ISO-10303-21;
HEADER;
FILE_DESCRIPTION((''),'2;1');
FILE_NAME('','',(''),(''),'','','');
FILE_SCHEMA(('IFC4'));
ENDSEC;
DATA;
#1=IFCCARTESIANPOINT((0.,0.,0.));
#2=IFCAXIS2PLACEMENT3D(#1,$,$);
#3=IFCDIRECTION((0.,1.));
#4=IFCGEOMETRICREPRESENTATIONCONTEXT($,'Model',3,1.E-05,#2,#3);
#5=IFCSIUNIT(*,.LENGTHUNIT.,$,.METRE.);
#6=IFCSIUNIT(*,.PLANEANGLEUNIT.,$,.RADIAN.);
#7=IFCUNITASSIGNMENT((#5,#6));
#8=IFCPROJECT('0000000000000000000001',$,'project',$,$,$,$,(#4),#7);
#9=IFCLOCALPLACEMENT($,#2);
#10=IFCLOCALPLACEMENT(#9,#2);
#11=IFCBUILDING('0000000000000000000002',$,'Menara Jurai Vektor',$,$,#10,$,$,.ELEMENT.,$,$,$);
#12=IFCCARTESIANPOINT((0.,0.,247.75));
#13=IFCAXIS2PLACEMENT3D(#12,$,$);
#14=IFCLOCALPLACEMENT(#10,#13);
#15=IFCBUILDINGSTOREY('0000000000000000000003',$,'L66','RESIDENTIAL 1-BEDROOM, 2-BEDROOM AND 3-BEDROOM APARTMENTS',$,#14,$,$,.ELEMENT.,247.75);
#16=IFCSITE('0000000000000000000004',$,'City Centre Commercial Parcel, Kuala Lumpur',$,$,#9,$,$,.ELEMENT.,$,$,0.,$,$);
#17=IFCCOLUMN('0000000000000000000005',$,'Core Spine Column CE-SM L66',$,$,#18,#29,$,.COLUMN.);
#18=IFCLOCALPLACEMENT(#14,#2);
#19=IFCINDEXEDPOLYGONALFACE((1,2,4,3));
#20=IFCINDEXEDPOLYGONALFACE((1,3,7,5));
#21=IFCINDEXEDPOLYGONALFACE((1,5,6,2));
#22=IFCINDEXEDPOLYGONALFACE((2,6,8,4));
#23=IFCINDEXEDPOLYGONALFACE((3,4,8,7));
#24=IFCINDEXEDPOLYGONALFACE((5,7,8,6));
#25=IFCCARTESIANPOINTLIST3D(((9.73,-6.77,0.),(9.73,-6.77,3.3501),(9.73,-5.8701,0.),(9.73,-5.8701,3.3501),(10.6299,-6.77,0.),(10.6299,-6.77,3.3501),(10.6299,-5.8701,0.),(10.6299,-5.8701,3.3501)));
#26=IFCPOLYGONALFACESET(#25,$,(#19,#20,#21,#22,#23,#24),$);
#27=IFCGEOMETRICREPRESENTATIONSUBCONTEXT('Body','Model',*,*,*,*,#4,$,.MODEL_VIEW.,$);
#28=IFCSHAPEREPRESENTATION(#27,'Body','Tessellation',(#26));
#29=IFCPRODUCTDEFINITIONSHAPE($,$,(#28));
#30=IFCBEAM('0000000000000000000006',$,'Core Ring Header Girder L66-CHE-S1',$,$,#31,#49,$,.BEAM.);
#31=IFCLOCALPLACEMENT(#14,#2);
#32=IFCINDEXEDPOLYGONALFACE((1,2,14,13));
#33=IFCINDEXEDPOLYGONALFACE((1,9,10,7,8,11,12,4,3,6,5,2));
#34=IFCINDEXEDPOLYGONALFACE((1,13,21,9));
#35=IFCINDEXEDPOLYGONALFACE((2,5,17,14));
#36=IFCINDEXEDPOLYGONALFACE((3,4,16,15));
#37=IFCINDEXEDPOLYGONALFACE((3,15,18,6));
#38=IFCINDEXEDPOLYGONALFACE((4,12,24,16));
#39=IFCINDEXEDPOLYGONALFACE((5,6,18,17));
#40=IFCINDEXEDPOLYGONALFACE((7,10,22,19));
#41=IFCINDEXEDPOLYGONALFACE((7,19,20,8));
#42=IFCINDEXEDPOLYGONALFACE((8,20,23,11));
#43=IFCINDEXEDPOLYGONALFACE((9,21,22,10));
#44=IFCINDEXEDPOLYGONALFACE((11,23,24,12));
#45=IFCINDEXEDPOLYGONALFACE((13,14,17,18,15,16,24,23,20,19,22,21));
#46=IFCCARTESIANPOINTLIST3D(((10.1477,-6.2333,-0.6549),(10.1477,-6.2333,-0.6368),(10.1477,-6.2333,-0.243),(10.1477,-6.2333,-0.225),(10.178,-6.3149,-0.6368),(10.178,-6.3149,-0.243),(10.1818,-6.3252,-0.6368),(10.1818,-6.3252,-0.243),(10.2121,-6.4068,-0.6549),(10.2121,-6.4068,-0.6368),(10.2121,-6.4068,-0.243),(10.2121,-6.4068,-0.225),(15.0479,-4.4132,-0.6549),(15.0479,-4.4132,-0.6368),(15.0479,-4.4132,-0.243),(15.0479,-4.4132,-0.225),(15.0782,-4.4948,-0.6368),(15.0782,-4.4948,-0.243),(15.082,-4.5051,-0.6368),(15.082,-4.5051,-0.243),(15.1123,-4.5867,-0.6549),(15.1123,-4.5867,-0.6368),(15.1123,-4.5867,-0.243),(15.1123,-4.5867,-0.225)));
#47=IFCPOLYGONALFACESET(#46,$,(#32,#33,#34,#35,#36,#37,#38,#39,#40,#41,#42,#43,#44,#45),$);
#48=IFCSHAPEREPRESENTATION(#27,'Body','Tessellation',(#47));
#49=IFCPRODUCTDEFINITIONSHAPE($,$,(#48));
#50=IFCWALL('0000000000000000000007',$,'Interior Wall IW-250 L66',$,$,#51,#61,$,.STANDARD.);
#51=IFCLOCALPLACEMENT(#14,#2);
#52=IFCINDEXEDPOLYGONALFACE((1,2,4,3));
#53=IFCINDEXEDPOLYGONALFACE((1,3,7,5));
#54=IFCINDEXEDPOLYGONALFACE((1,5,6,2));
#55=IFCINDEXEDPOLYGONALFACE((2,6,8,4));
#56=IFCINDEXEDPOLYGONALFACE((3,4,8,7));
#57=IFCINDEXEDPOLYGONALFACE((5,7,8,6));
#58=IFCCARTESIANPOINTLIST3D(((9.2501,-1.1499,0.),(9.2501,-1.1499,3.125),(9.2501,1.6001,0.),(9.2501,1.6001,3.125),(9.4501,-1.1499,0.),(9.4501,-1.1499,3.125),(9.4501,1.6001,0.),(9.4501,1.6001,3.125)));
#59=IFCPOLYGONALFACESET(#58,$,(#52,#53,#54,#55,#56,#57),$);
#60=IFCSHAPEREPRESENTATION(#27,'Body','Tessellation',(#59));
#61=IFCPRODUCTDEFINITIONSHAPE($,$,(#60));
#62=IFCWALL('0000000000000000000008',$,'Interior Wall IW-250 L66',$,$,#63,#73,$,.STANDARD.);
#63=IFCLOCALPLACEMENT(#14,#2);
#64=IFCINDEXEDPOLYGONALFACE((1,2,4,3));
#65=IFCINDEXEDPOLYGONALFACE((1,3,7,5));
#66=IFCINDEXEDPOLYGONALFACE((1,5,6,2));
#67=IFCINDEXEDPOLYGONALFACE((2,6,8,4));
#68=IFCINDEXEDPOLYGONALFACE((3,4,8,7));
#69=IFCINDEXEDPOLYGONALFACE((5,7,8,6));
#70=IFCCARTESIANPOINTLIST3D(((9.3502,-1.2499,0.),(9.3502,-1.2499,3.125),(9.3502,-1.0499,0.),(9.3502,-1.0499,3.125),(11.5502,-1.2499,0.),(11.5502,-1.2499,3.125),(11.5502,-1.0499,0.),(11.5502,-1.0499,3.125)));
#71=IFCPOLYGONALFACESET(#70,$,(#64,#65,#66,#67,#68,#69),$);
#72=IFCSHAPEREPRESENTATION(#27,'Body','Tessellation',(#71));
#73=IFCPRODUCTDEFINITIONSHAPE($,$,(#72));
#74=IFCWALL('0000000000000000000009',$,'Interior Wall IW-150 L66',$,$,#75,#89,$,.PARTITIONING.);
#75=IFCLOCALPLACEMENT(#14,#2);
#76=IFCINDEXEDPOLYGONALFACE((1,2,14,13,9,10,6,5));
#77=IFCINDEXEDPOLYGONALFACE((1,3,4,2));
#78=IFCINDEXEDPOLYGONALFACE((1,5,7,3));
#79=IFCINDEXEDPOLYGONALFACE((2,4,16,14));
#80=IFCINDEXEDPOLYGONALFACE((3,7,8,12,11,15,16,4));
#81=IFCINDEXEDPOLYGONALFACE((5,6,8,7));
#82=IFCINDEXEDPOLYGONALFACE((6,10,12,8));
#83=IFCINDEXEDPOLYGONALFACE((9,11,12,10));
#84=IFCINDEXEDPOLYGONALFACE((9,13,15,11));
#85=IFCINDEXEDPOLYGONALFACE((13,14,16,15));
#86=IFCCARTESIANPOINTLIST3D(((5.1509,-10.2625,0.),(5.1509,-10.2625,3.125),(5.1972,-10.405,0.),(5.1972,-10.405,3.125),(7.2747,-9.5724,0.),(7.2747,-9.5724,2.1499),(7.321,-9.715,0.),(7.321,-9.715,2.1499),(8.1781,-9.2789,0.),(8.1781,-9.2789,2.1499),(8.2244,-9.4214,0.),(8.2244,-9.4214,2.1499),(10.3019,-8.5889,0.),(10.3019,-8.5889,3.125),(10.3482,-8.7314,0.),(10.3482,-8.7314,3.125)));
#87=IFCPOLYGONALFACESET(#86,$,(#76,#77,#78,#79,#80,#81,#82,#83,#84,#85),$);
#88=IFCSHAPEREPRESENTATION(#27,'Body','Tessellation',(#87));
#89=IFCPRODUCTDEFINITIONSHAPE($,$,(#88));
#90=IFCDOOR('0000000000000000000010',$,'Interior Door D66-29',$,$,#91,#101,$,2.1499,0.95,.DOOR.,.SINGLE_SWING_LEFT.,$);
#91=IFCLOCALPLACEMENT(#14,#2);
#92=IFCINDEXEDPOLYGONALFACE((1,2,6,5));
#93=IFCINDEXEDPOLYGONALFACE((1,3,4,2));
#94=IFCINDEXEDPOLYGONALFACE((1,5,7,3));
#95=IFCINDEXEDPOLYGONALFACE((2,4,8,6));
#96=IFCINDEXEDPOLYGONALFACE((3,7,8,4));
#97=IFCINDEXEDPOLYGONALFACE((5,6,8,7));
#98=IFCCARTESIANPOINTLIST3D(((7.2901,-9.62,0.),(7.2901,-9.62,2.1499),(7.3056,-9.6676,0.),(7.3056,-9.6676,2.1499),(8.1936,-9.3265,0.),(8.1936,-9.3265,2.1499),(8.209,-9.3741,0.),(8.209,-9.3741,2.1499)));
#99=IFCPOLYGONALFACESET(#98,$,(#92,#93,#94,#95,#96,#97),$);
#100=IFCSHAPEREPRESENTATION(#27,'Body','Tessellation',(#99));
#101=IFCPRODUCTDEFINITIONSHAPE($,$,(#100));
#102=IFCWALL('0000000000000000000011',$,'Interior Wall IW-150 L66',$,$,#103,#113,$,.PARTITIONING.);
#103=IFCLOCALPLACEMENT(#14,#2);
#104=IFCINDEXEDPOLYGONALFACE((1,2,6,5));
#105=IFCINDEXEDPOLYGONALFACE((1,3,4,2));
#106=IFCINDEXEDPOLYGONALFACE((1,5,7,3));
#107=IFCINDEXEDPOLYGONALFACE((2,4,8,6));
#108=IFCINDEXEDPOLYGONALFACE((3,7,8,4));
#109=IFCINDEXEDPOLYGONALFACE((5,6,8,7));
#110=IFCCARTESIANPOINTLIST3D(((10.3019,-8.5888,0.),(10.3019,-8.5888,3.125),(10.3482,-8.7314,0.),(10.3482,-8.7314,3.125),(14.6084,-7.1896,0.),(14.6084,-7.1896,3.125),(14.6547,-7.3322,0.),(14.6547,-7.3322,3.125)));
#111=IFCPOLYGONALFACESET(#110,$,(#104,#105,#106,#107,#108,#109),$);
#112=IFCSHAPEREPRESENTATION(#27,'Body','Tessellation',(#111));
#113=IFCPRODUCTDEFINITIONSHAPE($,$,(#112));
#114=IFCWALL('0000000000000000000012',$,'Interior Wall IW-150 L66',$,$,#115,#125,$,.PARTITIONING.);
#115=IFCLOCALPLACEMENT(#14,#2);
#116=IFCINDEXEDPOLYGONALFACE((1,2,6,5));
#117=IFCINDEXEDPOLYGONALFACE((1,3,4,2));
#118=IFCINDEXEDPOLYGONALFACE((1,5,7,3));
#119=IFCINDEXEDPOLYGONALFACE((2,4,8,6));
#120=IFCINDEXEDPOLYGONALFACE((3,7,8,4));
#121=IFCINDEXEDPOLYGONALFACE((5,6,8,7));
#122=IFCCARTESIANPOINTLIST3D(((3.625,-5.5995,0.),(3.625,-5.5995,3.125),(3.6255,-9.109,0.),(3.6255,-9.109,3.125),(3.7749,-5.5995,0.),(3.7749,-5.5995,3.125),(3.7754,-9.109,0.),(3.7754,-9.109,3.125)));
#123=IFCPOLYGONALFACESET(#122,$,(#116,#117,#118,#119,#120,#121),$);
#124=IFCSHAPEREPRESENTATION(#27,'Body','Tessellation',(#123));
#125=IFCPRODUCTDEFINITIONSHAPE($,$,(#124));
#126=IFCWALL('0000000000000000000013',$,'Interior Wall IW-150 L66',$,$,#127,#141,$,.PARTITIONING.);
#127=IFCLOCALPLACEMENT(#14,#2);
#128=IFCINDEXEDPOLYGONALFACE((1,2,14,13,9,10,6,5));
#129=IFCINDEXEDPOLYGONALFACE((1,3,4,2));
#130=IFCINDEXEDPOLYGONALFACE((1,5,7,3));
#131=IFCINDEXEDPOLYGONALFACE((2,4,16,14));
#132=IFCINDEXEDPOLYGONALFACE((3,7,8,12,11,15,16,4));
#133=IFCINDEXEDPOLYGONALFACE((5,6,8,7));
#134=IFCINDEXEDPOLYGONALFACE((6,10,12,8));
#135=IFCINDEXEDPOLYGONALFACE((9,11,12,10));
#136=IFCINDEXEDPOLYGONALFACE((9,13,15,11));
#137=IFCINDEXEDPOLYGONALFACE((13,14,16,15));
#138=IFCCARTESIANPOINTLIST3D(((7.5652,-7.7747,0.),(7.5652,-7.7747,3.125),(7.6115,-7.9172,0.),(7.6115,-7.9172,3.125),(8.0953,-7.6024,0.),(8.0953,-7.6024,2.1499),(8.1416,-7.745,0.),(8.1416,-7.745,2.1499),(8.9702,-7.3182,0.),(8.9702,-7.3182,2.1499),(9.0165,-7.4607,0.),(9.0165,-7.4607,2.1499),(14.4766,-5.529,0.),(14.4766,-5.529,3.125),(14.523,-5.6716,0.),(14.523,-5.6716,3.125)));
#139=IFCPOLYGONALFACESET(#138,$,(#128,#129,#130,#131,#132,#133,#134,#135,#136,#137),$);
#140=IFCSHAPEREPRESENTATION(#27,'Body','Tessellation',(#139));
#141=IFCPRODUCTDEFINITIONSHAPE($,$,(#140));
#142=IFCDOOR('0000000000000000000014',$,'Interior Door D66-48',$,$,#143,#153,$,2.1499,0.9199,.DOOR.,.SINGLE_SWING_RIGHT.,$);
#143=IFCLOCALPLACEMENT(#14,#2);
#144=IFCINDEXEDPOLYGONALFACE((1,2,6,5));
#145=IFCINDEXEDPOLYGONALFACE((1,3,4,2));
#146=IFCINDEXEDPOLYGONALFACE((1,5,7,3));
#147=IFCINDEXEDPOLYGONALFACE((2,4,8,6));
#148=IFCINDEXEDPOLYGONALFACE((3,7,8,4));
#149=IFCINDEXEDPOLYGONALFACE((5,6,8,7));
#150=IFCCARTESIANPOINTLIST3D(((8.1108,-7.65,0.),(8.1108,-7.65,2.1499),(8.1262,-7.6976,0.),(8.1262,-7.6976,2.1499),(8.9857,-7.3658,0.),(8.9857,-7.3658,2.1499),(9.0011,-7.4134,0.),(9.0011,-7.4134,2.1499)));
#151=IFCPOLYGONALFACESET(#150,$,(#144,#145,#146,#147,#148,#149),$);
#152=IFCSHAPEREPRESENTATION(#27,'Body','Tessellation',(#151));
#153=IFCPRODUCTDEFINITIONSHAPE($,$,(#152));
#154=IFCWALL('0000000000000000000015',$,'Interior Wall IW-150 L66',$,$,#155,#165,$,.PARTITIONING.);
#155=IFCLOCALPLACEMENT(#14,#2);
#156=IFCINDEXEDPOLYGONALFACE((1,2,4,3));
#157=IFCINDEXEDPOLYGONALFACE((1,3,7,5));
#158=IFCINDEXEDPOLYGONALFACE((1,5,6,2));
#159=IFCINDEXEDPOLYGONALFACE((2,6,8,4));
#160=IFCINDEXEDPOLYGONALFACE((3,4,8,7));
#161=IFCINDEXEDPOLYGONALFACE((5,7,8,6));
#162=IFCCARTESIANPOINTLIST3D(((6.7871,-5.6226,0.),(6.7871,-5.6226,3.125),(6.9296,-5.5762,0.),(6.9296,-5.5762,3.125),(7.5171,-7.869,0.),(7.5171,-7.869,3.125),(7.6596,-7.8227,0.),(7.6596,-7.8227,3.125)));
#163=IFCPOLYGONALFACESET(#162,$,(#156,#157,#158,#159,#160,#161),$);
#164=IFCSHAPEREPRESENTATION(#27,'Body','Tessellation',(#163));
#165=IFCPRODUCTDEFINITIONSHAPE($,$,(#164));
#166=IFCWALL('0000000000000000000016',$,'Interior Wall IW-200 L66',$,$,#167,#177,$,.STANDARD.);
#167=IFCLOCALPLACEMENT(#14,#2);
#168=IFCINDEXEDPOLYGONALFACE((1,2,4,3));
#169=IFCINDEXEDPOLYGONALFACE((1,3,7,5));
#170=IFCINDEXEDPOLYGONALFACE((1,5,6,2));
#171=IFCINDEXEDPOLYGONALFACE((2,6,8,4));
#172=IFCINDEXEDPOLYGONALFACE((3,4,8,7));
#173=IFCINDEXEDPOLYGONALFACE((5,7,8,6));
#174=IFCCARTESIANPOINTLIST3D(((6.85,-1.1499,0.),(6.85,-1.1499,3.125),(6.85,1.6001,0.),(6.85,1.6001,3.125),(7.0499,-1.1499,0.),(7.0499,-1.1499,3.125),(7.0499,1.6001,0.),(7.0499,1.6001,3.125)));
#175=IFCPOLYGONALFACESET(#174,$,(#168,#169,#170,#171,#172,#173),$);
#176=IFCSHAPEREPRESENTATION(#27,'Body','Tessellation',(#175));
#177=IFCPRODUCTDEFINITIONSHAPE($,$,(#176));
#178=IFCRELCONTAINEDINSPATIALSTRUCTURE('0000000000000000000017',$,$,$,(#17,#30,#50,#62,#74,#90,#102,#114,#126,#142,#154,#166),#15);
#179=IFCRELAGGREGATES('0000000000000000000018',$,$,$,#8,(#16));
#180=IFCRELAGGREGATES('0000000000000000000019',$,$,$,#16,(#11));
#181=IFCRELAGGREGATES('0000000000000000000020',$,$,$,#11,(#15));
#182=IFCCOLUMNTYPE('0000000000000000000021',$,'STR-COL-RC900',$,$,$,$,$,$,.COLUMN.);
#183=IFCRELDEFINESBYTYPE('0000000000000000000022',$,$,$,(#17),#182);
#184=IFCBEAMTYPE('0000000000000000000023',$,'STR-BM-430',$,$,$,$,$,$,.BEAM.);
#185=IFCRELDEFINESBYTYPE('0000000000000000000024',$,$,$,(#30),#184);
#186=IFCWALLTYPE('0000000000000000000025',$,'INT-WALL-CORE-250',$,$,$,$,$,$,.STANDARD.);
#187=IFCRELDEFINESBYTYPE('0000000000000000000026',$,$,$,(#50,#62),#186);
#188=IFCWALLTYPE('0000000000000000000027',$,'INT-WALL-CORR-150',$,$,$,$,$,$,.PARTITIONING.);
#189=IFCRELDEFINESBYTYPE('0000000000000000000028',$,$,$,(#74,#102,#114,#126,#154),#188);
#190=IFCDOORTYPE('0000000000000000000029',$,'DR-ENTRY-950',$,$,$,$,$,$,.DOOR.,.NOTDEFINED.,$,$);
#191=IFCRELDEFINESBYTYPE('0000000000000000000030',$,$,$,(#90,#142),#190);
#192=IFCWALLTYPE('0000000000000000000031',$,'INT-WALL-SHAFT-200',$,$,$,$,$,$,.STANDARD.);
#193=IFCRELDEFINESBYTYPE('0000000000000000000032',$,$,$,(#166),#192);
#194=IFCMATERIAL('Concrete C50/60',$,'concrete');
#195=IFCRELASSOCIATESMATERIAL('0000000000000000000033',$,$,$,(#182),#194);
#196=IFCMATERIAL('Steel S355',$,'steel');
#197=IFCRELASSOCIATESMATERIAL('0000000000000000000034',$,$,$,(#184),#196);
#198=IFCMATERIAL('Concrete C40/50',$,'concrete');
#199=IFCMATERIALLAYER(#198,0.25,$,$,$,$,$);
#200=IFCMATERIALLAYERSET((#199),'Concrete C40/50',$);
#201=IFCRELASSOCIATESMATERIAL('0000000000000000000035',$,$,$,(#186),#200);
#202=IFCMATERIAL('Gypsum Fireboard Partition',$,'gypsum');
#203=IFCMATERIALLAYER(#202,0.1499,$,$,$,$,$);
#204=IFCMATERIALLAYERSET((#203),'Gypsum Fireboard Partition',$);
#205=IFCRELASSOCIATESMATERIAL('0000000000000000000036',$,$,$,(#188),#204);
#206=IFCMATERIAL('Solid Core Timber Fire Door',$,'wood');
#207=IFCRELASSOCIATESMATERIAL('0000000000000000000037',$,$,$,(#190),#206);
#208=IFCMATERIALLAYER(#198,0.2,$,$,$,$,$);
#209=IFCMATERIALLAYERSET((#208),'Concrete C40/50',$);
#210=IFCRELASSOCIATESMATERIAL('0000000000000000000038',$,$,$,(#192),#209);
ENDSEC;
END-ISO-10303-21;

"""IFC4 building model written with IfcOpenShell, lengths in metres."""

from ifc_helpers import new_model, si_unit, direction, frame, frame_2d, origin, origin_2d, place, context, subcontext, project, spatial, rectangle, i_section, extrude, material, layer, layer_set, material_profile, profile_set, type_object, element, fill, save


model = new_model("IFC4")

# Units and contexts
model_context = context("Model", 3, precision=1e-05, world=origin(), true_north=direction((0.0, 1.0)))
body_context = subcontext(model_context, "Body", "Model", "MODEL_VIEW")
ifc_project = project(units=[si_unit("LENGTHUNIT", "METRE"), si_unit("PLANEANGLEUNIT", "RADIAN")], contexts=[model_context])

# Site, building, storey
site_placement = place(None, origin())
site = spatial("IfcSite", under=ifc_project, at=site_placement, Name="City Centre Commercial Parcel, Kuala Lumpur", CompositionType="ELEMENT", RefElevation=0.0)
building_placement = place(site_placement, origin())
building = spatial("IfcBuilding", under=site, at=building_placement, Name="Menara Jurai Vektor", CompositionType="ELEMENT")
storey_placement = place(building_placement, frame((0.0, 0.0, 247.75)))
storey = spatial("IfcBuildingStorey", under=building, at=storey_placement, Name="L66", Description="RESIDENTIAL 1-BEDROOM, 2-BEDROOM AND 3-BEDROOM APARTMENTS", CompositionType="ELEMENT", Elevation=247.75)

# Column
ifc_material_1 = material(Name="Concrete C50/60", Category="concrete")
ifc_material_profile_1 = material_profile(ifc_material_1, rectangle(XDim=0.8999, YDim=0.8999, at=origin_2d()), Name="RC 900x900")
ifc_profile_set_1 = profile_set([ifc_material_profile_1], Name="Concrete C50/60")
column_type = type_object("IfcColumnType", Name="STR-COL-RC900", PredefinedType="COLUMN", material=ifc_profile_set_1)
column_placement = place(storey_placement, frame((10.1799, -6.3201, 0.0), z_axis=(0.0, 0.0, 1.0), x_axis=(1.0, 0.0, 0.0)))
element("IfcColumn", 1, at=column_placement, inside=storey, type_object=column_type, Name="Core Spine Column CE-SM L66", PredefinedType="COLUMN", context=body_context, shape_type="SweptSolid", body=[
    extrude(rectangle(XDim=0.8999, YDim=0.8999, at=origin_2d()), origin(), (0.0, 0.0, 1.0), 3.3501),
])

# Beam
ifc_material_2 = material(Name="Steel S355", Category="steel")
ifc_material_profile_2 = material_profile(ifc_material_2, i_section(OverallWidth=0.1851, OverallDepth=0.4299, WebThickness=0.011, FlangeThickness=0.0181, at=origin_2d()), Name="PG 430x185x76")
ifc_profile_set_2 = profile_set([ifc_material_profile_2], Name="Steel S355")
beam_type = type_object("IfcBeamType", Name="STR-BM-430", PredefinedType="BEAM", material=ifc_profile_set_2)
beam_placement = place(storey_placement, frame((10.1799, -6.3201, -0.4399), z_axis=(0.937424, 0.348189, 0.0), x_axis=(-0.348189, 0.937424, 0.0)))
element("IfcBeam", 2, at=beam_placement, inside=storey, type_object=beam_type, Name="Core Ring Header Girder L66-CHE-S1", PredefinedType="BEAM", context=body_context, shape_type="SweptSolid", body=[
    extrude(i_section(OverallWidth=0.1851, OverallDepth=0.4299, WebThickness=0.011, FlangeThickness=0.0181, at=origin_2d()), origin(), (0.0, 0.0, 1.0), 5.2273),
])

# Walls
ifc_material_3 = material(Name="Concrete C40/50", Category="concrete")
ifc_layer_1 = layer(ifc_material_3, 0.25)
ifc_layer_set_1 = layer_set([ifc_layer_1], Name="Concrete C40/50")
wall_type_1 = type_object("IfcWallType", Name="INT-WALL-CORE-250", PredefinedType="STANDARD", material=ifc_layer_set_1)
wall_1_placement = place(storey_placement, frame((9.3501, -1.1499, 0.0), z_axis=(0.0, 0.0, 1.0), x_axis=(0.0, 1.0, 0.0)))
element("IfcWall", 3, at=wall_1_placement, inside=storey, type_object=wall_type_1, Name="Interior Wall IW-250 L66", PredefinedType="STANDARD", context=body_context, shape_type="SweptSolid", body=[
    extrude(rectangle(XDim=2.75, YDim=0.2, at=frame_2d((1.375, 0.0))), origin(), (0.0, 0.0, 1.0), 3.125),
])
wall_2_placement = place(storey_placement, frame((9.3501, -1.1499, 0.0), z_axis=(0.0, 0.0, 1.0), x_axis=(1.0, 0.0, 0.0)))
element("IfcWall", 4, at=wall_2_placement, inside=storey, type_object=wall_type_1, Name="Interior Wall IW-250 L66", PredefinedType="STANDARD", context=body_context, shape_type="SweptSolid", body=[
    extrude(rectangle(XDim=2.2, YDim=0.2, at=frame_2d((1.1001, 0.0))), origin(), (0.0, 0.0, 1.0), 3.125),
])

# Wall, opening, door
ifc_material_4 = material(Name="Gypsum Fireboard Partition", Category="gypsum")
ifc_layer_2 = layer(ifc_material_4, 0.1499)
ifc_layer_set_2 = layer_set([ifc_layer_2], Name="Gypsum Fireboard Partition")
wall_type_2 = type_object("IfcWallType", Name="INT-WALL-CORR-150", PredefinedType="PARTITIONING", material=ifc_layer_set_2)
wall_3_placement = place(storey_placement, frame((5.1741, -10.3337, 0.0), z_axis=(0.0, 0.0, 1.0), x_axis=(0.951059, 0.309011, 0.0)))
wall_3 = element("IfcWall", 5, at=wall_3_placement, inside=storey, type_object=wall_type_2, Name="Interior Wall IW-150 L66", PredefinedType="PARTITIONING", context=body_context, shape_type="SweptSolid", body=[
    extrude(rectangle(XDim=5.416, YDim=0.1499, at=frame_2d((2.708, 0.0))), origin(), (0.0, 0.0, 1.0), 3.125),
])
opening_1_placement = place(wall_3_placement, frame((2.2329, 0.0, 0.0)))
opening_1 = element("IfcOpeningElement", 6, at=opening_1_placement, cuts=wall_3, PredefinedType="OPENING", context=body_context, shape_type="SweptSolid", body=[
    extrude(rectangle(XDim=0.95, YDim=2.1499, at=frame_2d((0.4751, 1.075))), frame((0.0, 0.085, 0.0), z_axis=(0.0, -1.0, 0.0), x_axis=(1.0, 0.0, 0.0)), (0.0, 0.0, 1.0), 0.1699),
])
ifc_material_5 = material(Name="Solid Core Timber Fire Door", Category="wood")
door_type_1 = type_object("IfcDoorType", Name="DR-ENTRY-950", OperationType="NOTDEFINED", PredefinedType="DOOR", material=ifc_material_5)
door_1_placement = place(opening_1_placement, origin())
door_1 = element("IfcDoor", 7, at=door_1_placement, inside=storey, type_object=door_type_1, Name="Interior Door D66-29", OperationType="SINGLE_SWING_LEFT", OverallHeight=2.1499, OverallWidth=0.95, PredefinedType="DOOR", context=body_context, shape_type="SweptSolid", body=[
    extrude(rectangle(XDim=0.95, YDim=2.1499, at=frame_2d((0.4751, 1.075))), frame((0.0, 0.0249, 0.0), z_axis=(0.0, -1.0, 0.0), x_axis=(1.0, 0.0, 0.0)), (0.0, 0.0, 1.0), 0.05),
])
fill(opening_1, door_1)

# Walls
wall_4_placement = place(storey_placement, frame((10.325, -8.6602, 0.0), z_axis=(0.0, 0.0, 1.0), x_axis=(0.951061, 0.309004, 0.0)))
element("IfcWall", 8, at=wall_4_placement, inside=storey, type_object=wall_type_2, Name="Interior Wall IW-150 L66", PredefinedType="PARTITIONING", context=body_context, shape_type="SweptSolid", body=[
    extrude(rectangle(XDim=4.5281, YDim=0.1499, at=frame_2d((2.2642, 0.0))), origin(), (0.0, 0.0, 1.0), 3.125),
])
wall_5_placement = place(storey_placement, frame((3.7004, -9.1091, 0.0), z_axis=(0.0, 0.0, 1.0), x_axis=(-0.000139, 1.0, 0.0)))
element("IfcWall", 9, at=wall_5_placement, inside=storey, type_object=wall_type_2, Name="Interior Wall IW-150 L66", PredefinedType="PARTITIONING", context=body_context, shape_type="SweptSolid", body=[
    extrude(rectangle(XDim=3.5095, YDim=0.1499, at=frame_2d((1.7549, 0.0))), origin(), (0.0, 0.0, 1.0), 3.125),
])

# Wall, opening, door
wall_6_placement = place(storey_placement, frame((7.5884, -7.8459, 0.0), z_axis=(0.0, 0.0, 1.0), x_axis=(0.951058, 0.309012, 0.0)))
wall_6 = element("IfcWall", 10, at=wall_6_placement, inside=storey, type_object=wall_type_2, Name="Interior Wall IW-150 L66", PredefinedType="PARTITIONING", context=body_context, shape_type="SweptSolid", body=[
    extrude(rectangle(XDim=7.2671, YDim=0.1499, at=frame_2d((3.6335, 0.0))), origin(), (0.0, 0.0, 1.0), 3.125),
])
opening_2_placement = place(wall_6_placement, frame((0.5574, 0.0, 0.0)))
opening_2 = element("IfcOpeningElement", 11, at=opening_2_placement, cuts=wall_6, PredefinedType="OPENING", context=body_context, shape_type="SweptSolid", body=[
    extrude(rectangle(XDim=0.9199, YDim=2.1499, at=frame_2d((0.46, 1.075))), frame((0.0, 0.085, 0.0), z_axis=(0.0, -1.0, 0.0), x_axis=(1.0, 0.0, 0.0)), (0.0, 0.0, 1.0), 0.1699),
])
door_2_placement = place(opening_2_placement, origin())
door_2 = element("IfcDoor", 12, at=door_2_placement, inside=storey, type_object=door_type_1, Name="Interior Door D66-48", OperationType="SINGLE_SWING_RIGHT", OverallHeight=2.1499, OverallWidth=0.9199, PredefinedType="DOOR", context=body_context, shape_type="SweptSolid", body=[
    extrude(rectangle(XDim=0.9199, YDim=2.1499, at=frame_2d((0.46, 1.075))), frame((0.0, 0.0249, 0.0), z_axis=(0.0, -1.0, 0.0), x_axis=(1.0, 0.0, 0.0)), (0.0, 0.0, 1.0), 0.05),
])
fill(opening_2, door_2)

# Walls
wall_7_placement = place(storey_placement, frame((7.5884, -7.8459, 0.0), z_axis=(0.0, 0.0, 1.0), x_axis=(-0.309056, 0.951044, 0.0)))
element("IfcWall", 13, at=wall_7_placement, inside=storey, type_object=wall_type_2, Name="Interior Wall IW-150 L66", PredefinedType="PARTITIONING", context=body_context, shape_type="SweptSolid", body=[
    extrude(rectangle(XDim=2.3621, YDim=0.1499, at=frame_2d((1.1812, 0.0))), origin(), (0.0, 0.0, 1.0), 3.125),
])
ifc_layer_3 = layer(ifc_material_3, 0.2)
ifc_layer_set_3 = layer_set([ifc_layer_3], Name="Concrete C40/50")
wall_type_3 = type_object("IfcWallType", Name="INT-WALL-SHAFT-200", PredefinedType="STANDARD", material=ifc_layer_set_3)
wall_8_placement = place(storey_placement, frame((6.95, -1.1499, 0.0), z_axis=(0.0, 0.0, 1.0), x_axis=(0.0, 1.0, 0.0)))
element("IfcWall", 14, at=wall_8_placement, inside=storey, type_object=wall_type_3, Name="Interior Wall IW-200 L66", PredefinedType="STANDARD", context=body_context, shape_type="SweptSolid", body=[
    extrude(rectangle(XDim=2.75, YDim=0.2, at=frame_2d((1.375, 0.0))), origin(), (0.0, 0.0, 1.0), 3.125),
])

save(model, "model.ifc")
